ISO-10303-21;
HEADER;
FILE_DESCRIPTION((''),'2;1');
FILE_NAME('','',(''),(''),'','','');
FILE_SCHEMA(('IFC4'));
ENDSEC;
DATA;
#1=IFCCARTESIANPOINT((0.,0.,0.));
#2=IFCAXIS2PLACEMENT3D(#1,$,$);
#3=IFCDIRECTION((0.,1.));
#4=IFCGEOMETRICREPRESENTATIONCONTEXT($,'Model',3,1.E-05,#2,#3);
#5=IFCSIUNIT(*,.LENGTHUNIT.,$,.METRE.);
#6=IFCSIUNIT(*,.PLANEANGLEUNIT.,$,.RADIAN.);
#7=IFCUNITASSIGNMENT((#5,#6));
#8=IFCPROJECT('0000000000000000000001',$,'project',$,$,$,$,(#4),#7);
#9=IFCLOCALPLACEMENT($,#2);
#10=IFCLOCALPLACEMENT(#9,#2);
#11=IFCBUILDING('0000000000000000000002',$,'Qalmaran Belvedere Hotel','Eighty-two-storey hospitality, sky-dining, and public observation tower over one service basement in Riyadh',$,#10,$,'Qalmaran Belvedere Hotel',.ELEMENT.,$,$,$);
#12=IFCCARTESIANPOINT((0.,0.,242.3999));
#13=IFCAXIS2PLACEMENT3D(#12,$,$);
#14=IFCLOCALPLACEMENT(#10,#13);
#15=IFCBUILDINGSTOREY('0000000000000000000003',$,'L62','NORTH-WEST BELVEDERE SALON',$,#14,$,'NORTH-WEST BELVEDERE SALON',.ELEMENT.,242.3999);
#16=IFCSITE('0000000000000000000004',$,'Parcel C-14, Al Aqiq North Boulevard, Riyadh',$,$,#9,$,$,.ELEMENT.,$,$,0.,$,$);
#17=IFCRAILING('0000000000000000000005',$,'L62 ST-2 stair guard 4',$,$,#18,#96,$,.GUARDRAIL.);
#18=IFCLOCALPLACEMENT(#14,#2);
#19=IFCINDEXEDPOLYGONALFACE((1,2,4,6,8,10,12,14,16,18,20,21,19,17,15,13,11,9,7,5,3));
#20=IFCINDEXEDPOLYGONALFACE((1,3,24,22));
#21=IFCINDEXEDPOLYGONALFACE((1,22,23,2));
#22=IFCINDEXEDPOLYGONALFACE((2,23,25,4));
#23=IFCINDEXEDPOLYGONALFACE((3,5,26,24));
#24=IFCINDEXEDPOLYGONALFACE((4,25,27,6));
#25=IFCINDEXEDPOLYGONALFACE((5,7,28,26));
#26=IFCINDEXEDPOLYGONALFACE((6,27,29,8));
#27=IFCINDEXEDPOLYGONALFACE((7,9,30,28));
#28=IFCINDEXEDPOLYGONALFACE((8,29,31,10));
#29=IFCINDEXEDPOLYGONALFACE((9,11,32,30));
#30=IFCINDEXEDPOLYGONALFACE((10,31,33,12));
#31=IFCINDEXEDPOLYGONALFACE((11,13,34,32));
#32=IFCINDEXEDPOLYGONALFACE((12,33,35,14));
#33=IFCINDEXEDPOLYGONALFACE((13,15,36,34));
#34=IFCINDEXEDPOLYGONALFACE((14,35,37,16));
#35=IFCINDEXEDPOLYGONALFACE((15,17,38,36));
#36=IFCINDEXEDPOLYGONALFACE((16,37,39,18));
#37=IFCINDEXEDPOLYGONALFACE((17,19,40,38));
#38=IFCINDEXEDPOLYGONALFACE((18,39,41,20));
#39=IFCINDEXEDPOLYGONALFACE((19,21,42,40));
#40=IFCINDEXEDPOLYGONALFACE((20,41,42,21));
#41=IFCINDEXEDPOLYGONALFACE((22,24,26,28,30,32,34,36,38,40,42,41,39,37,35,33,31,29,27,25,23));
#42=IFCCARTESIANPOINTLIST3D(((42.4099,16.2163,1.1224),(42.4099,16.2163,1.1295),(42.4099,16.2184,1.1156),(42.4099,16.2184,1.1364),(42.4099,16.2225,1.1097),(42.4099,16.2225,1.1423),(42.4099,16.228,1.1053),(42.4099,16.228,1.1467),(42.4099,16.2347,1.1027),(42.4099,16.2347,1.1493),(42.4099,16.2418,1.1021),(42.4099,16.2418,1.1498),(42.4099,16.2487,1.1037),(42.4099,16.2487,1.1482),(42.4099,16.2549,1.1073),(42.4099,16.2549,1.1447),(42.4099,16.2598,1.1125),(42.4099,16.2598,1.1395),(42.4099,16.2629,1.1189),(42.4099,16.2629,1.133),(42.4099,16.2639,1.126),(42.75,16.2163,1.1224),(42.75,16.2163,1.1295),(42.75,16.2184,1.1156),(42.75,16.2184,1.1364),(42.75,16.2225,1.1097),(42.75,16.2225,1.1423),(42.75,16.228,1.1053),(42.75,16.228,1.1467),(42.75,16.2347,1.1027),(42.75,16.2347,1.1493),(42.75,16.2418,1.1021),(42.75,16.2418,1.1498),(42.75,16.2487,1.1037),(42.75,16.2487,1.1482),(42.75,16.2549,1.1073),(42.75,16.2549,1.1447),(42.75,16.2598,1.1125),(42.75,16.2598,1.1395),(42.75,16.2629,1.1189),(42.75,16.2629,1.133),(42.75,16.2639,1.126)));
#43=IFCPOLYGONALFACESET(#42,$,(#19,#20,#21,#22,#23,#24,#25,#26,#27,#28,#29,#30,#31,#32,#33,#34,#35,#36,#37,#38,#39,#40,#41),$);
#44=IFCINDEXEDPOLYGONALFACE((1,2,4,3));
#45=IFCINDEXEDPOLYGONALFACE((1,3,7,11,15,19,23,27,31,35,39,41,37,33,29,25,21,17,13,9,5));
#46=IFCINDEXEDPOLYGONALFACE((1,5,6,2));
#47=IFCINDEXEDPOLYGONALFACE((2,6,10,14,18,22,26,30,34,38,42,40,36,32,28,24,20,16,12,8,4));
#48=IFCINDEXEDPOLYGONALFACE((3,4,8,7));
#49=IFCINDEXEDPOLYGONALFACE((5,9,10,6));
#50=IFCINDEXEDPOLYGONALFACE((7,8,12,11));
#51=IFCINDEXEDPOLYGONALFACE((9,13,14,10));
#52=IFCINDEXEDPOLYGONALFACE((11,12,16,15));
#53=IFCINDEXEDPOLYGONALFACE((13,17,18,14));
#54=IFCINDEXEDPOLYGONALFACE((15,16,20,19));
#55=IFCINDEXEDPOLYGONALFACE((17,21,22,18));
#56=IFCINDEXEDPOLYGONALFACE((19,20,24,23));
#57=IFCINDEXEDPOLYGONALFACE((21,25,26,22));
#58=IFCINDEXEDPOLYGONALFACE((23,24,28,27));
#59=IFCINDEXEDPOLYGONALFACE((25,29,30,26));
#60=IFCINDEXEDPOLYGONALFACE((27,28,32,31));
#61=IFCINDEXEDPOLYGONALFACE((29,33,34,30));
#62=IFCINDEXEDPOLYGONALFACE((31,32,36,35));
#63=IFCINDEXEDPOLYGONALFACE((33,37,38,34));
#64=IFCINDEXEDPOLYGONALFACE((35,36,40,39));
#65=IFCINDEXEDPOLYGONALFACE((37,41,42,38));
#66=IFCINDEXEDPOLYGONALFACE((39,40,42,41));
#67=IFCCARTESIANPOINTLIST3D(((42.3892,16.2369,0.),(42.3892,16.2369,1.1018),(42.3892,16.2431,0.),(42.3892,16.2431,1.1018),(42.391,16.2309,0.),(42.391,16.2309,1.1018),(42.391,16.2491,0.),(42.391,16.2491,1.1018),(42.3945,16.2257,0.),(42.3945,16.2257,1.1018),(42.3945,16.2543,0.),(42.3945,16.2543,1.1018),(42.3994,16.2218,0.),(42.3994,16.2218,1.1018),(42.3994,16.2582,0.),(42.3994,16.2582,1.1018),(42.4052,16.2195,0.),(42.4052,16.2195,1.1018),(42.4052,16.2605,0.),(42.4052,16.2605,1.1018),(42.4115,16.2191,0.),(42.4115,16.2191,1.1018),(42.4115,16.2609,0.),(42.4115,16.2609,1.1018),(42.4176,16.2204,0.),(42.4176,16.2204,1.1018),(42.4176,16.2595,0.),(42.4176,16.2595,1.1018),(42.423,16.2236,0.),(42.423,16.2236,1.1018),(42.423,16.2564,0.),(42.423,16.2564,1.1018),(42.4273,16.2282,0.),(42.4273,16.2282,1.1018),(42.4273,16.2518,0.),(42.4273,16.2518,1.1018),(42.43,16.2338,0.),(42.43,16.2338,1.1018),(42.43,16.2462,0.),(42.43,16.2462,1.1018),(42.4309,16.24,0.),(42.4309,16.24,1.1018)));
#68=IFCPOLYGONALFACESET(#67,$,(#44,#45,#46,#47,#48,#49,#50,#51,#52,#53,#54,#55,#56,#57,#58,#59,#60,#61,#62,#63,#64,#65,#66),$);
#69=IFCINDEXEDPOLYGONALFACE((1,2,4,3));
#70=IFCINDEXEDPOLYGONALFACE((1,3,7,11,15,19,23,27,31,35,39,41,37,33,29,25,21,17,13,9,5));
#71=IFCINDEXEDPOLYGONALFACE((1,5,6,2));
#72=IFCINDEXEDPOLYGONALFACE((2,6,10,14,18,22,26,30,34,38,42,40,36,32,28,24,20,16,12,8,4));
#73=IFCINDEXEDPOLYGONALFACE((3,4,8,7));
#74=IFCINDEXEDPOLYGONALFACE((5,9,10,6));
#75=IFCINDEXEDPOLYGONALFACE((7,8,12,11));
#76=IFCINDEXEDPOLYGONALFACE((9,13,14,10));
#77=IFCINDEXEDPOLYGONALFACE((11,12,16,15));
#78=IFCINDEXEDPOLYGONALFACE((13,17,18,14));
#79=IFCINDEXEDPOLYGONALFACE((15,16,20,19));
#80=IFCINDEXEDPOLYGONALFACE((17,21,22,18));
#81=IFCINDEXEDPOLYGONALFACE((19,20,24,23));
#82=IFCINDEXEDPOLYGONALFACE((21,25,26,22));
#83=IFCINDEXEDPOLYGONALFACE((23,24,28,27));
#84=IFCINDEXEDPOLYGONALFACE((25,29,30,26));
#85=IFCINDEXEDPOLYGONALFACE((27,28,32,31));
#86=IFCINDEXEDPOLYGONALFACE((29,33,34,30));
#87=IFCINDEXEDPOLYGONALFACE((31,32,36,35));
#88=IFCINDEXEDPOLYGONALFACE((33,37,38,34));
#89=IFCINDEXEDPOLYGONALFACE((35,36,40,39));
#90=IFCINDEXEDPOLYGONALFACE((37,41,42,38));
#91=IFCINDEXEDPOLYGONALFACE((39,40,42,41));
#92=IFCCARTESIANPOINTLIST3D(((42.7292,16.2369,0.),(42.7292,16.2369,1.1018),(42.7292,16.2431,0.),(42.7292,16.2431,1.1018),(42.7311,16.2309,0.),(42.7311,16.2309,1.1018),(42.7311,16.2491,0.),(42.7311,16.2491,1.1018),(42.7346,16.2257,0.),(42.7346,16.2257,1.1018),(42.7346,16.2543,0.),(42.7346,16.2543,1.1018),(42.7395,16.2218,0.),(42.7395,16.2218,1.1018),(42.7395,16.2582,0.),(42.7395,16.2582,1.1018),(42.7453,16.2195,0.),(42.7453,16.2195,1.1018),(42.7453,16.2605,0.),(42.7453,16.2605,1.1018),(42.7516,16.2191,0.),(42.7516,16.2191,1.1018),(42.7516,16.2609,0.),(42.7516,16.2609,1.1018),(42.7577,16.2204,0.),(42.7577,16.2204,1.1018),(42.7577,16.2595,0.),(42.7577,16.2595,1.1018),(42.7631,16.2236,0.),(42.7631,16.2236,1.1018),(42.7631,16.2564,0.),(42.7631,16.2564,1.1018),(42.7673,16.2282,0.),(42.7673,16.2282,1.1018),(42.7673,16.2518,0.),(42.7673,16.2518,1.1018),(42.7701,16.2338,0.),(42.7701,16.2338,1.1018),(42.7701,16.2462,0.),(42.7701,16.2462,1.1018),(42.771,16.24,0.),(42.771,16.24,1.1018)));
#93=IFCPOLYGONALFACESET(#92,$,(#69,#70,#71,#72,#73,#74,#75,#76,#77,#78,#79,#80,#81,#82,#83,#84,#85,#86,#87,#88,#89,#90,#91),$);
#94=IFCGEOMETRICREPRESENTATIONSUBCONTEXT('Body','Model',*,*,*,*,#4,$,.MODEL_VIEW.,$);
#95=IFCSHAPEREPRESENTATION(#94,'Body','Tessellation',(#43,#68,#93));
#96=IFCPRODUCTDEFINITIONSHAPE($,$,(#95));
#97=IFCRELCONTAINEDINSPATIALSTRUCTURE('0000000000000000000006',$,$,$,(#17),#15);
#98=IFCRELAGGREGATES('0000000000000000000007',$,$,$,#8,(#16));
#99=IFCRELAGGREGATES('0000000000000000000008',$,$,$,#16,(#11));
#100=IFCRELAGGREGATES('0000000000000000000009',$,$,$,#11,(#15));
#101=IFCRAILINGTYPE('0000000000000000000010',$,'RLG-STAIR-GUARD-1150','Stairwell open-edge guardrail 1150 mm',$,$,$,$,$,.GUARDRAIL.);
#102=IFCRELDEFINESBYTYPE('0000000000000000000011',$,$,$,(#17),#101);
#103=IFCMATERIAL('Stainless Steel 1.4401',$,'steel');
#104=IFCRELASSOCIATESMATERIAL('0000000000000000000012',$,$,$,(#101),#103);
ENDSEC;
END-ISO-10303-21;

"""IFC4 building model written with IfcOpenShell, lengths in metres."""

from ifc_helpers import new_model, si_unit, direction, frame, origin, origin_2d, place, context, subcontext, project, spatial, circle, extrude, material, type_object, element, save


model = new_model("IFC4")

# Units and contexts
model_context = context("Model", 3, precision=1e-05, world=origin(), true_north=direction((0.0, 1.0)))
body_context = subcontext(model_context, "Body", "Model", "MODEL_VIEW")
ifc_project = project(units=[si_unit("LENGTHUNIT", "METRE"), si_unit("PLANEANGLEUNIT", "RADIAN")], contexts=[model_context])

# Site, building, storey
site_placement = place(None, origin())
site = spatial("IfcSite", under=ifc_project, at=site_placement, Name="Parcel C-14, Al Aqiq North Boulevard, Riyadh", CompositionType="ELEMENT", RefElevation=0.0)
building_placement = place(site_placement, origin())
building = spatial("IfcBuilding", under=site, at=building_placement, Name="Qalmaran Belvedere Hotel", Description="Eighty-two-storey hospitality, sky-dining, and public observation tower over one service basement in Riyadh", LongName="Qalmaran Belvedere Hotel", CompositionType="ELEMENT")
storey_placement = place(building_placement, frame((0.0, 0.0, 242.3999)))
storey = spatial("IfcBuildingStorey", under=building, at=storey_placement, Name="L62", Description="NORTH-WEST BELVEDERE SALON", LongName="NORTH-WEST BELVEDERE SALON", CompositionType="ELEMENT", Elevation=242.3999)

# Railing
ifc_material_1 = material(Name="Stainless Steel 1.4401", Category="steel")
railing_type_1 = type_object("IfcRailingType", Name="RLG-STAIR-GUARD-1150", Description="Stairwell open-edge guardrail 1150 mm", PredefinedType="GUARDRAIL", material=ifc_material_1)
railing_1_placement = place(storey_placement, frame((42.4099, 16.24, 0.0)))
element("IfcRailing", 1, at=railing_1_placement, inside=storey, type_object=railing_type_1, Name="L62 ST-2 stair guard 4", PredefinedType="GUARDRAIL", context=body_context, shape_type="SweptSolid", body=[
    extrude(circle(Radius=0.0239, at=origin_2d()), frame((0.0, 0.0, 1.126), z_axis=(1.0, 0.0, 0.0), x_axis=(0.0, 1.0, 0.0)), (0.0, 0.0, 1.0), 0.3401),
    extrude(circle(Radius=0.021, at=origin_2d()), origin(), (0.0, 0.0, 1.0), 1.1018),
    extrude(circle(Radius=0.021, at=origin_2d()), frame((0.3401, 0.0, 0.0)), (0.0, 0.0, 1.0), 1.1018),
])

save(model, "model.ifc")
